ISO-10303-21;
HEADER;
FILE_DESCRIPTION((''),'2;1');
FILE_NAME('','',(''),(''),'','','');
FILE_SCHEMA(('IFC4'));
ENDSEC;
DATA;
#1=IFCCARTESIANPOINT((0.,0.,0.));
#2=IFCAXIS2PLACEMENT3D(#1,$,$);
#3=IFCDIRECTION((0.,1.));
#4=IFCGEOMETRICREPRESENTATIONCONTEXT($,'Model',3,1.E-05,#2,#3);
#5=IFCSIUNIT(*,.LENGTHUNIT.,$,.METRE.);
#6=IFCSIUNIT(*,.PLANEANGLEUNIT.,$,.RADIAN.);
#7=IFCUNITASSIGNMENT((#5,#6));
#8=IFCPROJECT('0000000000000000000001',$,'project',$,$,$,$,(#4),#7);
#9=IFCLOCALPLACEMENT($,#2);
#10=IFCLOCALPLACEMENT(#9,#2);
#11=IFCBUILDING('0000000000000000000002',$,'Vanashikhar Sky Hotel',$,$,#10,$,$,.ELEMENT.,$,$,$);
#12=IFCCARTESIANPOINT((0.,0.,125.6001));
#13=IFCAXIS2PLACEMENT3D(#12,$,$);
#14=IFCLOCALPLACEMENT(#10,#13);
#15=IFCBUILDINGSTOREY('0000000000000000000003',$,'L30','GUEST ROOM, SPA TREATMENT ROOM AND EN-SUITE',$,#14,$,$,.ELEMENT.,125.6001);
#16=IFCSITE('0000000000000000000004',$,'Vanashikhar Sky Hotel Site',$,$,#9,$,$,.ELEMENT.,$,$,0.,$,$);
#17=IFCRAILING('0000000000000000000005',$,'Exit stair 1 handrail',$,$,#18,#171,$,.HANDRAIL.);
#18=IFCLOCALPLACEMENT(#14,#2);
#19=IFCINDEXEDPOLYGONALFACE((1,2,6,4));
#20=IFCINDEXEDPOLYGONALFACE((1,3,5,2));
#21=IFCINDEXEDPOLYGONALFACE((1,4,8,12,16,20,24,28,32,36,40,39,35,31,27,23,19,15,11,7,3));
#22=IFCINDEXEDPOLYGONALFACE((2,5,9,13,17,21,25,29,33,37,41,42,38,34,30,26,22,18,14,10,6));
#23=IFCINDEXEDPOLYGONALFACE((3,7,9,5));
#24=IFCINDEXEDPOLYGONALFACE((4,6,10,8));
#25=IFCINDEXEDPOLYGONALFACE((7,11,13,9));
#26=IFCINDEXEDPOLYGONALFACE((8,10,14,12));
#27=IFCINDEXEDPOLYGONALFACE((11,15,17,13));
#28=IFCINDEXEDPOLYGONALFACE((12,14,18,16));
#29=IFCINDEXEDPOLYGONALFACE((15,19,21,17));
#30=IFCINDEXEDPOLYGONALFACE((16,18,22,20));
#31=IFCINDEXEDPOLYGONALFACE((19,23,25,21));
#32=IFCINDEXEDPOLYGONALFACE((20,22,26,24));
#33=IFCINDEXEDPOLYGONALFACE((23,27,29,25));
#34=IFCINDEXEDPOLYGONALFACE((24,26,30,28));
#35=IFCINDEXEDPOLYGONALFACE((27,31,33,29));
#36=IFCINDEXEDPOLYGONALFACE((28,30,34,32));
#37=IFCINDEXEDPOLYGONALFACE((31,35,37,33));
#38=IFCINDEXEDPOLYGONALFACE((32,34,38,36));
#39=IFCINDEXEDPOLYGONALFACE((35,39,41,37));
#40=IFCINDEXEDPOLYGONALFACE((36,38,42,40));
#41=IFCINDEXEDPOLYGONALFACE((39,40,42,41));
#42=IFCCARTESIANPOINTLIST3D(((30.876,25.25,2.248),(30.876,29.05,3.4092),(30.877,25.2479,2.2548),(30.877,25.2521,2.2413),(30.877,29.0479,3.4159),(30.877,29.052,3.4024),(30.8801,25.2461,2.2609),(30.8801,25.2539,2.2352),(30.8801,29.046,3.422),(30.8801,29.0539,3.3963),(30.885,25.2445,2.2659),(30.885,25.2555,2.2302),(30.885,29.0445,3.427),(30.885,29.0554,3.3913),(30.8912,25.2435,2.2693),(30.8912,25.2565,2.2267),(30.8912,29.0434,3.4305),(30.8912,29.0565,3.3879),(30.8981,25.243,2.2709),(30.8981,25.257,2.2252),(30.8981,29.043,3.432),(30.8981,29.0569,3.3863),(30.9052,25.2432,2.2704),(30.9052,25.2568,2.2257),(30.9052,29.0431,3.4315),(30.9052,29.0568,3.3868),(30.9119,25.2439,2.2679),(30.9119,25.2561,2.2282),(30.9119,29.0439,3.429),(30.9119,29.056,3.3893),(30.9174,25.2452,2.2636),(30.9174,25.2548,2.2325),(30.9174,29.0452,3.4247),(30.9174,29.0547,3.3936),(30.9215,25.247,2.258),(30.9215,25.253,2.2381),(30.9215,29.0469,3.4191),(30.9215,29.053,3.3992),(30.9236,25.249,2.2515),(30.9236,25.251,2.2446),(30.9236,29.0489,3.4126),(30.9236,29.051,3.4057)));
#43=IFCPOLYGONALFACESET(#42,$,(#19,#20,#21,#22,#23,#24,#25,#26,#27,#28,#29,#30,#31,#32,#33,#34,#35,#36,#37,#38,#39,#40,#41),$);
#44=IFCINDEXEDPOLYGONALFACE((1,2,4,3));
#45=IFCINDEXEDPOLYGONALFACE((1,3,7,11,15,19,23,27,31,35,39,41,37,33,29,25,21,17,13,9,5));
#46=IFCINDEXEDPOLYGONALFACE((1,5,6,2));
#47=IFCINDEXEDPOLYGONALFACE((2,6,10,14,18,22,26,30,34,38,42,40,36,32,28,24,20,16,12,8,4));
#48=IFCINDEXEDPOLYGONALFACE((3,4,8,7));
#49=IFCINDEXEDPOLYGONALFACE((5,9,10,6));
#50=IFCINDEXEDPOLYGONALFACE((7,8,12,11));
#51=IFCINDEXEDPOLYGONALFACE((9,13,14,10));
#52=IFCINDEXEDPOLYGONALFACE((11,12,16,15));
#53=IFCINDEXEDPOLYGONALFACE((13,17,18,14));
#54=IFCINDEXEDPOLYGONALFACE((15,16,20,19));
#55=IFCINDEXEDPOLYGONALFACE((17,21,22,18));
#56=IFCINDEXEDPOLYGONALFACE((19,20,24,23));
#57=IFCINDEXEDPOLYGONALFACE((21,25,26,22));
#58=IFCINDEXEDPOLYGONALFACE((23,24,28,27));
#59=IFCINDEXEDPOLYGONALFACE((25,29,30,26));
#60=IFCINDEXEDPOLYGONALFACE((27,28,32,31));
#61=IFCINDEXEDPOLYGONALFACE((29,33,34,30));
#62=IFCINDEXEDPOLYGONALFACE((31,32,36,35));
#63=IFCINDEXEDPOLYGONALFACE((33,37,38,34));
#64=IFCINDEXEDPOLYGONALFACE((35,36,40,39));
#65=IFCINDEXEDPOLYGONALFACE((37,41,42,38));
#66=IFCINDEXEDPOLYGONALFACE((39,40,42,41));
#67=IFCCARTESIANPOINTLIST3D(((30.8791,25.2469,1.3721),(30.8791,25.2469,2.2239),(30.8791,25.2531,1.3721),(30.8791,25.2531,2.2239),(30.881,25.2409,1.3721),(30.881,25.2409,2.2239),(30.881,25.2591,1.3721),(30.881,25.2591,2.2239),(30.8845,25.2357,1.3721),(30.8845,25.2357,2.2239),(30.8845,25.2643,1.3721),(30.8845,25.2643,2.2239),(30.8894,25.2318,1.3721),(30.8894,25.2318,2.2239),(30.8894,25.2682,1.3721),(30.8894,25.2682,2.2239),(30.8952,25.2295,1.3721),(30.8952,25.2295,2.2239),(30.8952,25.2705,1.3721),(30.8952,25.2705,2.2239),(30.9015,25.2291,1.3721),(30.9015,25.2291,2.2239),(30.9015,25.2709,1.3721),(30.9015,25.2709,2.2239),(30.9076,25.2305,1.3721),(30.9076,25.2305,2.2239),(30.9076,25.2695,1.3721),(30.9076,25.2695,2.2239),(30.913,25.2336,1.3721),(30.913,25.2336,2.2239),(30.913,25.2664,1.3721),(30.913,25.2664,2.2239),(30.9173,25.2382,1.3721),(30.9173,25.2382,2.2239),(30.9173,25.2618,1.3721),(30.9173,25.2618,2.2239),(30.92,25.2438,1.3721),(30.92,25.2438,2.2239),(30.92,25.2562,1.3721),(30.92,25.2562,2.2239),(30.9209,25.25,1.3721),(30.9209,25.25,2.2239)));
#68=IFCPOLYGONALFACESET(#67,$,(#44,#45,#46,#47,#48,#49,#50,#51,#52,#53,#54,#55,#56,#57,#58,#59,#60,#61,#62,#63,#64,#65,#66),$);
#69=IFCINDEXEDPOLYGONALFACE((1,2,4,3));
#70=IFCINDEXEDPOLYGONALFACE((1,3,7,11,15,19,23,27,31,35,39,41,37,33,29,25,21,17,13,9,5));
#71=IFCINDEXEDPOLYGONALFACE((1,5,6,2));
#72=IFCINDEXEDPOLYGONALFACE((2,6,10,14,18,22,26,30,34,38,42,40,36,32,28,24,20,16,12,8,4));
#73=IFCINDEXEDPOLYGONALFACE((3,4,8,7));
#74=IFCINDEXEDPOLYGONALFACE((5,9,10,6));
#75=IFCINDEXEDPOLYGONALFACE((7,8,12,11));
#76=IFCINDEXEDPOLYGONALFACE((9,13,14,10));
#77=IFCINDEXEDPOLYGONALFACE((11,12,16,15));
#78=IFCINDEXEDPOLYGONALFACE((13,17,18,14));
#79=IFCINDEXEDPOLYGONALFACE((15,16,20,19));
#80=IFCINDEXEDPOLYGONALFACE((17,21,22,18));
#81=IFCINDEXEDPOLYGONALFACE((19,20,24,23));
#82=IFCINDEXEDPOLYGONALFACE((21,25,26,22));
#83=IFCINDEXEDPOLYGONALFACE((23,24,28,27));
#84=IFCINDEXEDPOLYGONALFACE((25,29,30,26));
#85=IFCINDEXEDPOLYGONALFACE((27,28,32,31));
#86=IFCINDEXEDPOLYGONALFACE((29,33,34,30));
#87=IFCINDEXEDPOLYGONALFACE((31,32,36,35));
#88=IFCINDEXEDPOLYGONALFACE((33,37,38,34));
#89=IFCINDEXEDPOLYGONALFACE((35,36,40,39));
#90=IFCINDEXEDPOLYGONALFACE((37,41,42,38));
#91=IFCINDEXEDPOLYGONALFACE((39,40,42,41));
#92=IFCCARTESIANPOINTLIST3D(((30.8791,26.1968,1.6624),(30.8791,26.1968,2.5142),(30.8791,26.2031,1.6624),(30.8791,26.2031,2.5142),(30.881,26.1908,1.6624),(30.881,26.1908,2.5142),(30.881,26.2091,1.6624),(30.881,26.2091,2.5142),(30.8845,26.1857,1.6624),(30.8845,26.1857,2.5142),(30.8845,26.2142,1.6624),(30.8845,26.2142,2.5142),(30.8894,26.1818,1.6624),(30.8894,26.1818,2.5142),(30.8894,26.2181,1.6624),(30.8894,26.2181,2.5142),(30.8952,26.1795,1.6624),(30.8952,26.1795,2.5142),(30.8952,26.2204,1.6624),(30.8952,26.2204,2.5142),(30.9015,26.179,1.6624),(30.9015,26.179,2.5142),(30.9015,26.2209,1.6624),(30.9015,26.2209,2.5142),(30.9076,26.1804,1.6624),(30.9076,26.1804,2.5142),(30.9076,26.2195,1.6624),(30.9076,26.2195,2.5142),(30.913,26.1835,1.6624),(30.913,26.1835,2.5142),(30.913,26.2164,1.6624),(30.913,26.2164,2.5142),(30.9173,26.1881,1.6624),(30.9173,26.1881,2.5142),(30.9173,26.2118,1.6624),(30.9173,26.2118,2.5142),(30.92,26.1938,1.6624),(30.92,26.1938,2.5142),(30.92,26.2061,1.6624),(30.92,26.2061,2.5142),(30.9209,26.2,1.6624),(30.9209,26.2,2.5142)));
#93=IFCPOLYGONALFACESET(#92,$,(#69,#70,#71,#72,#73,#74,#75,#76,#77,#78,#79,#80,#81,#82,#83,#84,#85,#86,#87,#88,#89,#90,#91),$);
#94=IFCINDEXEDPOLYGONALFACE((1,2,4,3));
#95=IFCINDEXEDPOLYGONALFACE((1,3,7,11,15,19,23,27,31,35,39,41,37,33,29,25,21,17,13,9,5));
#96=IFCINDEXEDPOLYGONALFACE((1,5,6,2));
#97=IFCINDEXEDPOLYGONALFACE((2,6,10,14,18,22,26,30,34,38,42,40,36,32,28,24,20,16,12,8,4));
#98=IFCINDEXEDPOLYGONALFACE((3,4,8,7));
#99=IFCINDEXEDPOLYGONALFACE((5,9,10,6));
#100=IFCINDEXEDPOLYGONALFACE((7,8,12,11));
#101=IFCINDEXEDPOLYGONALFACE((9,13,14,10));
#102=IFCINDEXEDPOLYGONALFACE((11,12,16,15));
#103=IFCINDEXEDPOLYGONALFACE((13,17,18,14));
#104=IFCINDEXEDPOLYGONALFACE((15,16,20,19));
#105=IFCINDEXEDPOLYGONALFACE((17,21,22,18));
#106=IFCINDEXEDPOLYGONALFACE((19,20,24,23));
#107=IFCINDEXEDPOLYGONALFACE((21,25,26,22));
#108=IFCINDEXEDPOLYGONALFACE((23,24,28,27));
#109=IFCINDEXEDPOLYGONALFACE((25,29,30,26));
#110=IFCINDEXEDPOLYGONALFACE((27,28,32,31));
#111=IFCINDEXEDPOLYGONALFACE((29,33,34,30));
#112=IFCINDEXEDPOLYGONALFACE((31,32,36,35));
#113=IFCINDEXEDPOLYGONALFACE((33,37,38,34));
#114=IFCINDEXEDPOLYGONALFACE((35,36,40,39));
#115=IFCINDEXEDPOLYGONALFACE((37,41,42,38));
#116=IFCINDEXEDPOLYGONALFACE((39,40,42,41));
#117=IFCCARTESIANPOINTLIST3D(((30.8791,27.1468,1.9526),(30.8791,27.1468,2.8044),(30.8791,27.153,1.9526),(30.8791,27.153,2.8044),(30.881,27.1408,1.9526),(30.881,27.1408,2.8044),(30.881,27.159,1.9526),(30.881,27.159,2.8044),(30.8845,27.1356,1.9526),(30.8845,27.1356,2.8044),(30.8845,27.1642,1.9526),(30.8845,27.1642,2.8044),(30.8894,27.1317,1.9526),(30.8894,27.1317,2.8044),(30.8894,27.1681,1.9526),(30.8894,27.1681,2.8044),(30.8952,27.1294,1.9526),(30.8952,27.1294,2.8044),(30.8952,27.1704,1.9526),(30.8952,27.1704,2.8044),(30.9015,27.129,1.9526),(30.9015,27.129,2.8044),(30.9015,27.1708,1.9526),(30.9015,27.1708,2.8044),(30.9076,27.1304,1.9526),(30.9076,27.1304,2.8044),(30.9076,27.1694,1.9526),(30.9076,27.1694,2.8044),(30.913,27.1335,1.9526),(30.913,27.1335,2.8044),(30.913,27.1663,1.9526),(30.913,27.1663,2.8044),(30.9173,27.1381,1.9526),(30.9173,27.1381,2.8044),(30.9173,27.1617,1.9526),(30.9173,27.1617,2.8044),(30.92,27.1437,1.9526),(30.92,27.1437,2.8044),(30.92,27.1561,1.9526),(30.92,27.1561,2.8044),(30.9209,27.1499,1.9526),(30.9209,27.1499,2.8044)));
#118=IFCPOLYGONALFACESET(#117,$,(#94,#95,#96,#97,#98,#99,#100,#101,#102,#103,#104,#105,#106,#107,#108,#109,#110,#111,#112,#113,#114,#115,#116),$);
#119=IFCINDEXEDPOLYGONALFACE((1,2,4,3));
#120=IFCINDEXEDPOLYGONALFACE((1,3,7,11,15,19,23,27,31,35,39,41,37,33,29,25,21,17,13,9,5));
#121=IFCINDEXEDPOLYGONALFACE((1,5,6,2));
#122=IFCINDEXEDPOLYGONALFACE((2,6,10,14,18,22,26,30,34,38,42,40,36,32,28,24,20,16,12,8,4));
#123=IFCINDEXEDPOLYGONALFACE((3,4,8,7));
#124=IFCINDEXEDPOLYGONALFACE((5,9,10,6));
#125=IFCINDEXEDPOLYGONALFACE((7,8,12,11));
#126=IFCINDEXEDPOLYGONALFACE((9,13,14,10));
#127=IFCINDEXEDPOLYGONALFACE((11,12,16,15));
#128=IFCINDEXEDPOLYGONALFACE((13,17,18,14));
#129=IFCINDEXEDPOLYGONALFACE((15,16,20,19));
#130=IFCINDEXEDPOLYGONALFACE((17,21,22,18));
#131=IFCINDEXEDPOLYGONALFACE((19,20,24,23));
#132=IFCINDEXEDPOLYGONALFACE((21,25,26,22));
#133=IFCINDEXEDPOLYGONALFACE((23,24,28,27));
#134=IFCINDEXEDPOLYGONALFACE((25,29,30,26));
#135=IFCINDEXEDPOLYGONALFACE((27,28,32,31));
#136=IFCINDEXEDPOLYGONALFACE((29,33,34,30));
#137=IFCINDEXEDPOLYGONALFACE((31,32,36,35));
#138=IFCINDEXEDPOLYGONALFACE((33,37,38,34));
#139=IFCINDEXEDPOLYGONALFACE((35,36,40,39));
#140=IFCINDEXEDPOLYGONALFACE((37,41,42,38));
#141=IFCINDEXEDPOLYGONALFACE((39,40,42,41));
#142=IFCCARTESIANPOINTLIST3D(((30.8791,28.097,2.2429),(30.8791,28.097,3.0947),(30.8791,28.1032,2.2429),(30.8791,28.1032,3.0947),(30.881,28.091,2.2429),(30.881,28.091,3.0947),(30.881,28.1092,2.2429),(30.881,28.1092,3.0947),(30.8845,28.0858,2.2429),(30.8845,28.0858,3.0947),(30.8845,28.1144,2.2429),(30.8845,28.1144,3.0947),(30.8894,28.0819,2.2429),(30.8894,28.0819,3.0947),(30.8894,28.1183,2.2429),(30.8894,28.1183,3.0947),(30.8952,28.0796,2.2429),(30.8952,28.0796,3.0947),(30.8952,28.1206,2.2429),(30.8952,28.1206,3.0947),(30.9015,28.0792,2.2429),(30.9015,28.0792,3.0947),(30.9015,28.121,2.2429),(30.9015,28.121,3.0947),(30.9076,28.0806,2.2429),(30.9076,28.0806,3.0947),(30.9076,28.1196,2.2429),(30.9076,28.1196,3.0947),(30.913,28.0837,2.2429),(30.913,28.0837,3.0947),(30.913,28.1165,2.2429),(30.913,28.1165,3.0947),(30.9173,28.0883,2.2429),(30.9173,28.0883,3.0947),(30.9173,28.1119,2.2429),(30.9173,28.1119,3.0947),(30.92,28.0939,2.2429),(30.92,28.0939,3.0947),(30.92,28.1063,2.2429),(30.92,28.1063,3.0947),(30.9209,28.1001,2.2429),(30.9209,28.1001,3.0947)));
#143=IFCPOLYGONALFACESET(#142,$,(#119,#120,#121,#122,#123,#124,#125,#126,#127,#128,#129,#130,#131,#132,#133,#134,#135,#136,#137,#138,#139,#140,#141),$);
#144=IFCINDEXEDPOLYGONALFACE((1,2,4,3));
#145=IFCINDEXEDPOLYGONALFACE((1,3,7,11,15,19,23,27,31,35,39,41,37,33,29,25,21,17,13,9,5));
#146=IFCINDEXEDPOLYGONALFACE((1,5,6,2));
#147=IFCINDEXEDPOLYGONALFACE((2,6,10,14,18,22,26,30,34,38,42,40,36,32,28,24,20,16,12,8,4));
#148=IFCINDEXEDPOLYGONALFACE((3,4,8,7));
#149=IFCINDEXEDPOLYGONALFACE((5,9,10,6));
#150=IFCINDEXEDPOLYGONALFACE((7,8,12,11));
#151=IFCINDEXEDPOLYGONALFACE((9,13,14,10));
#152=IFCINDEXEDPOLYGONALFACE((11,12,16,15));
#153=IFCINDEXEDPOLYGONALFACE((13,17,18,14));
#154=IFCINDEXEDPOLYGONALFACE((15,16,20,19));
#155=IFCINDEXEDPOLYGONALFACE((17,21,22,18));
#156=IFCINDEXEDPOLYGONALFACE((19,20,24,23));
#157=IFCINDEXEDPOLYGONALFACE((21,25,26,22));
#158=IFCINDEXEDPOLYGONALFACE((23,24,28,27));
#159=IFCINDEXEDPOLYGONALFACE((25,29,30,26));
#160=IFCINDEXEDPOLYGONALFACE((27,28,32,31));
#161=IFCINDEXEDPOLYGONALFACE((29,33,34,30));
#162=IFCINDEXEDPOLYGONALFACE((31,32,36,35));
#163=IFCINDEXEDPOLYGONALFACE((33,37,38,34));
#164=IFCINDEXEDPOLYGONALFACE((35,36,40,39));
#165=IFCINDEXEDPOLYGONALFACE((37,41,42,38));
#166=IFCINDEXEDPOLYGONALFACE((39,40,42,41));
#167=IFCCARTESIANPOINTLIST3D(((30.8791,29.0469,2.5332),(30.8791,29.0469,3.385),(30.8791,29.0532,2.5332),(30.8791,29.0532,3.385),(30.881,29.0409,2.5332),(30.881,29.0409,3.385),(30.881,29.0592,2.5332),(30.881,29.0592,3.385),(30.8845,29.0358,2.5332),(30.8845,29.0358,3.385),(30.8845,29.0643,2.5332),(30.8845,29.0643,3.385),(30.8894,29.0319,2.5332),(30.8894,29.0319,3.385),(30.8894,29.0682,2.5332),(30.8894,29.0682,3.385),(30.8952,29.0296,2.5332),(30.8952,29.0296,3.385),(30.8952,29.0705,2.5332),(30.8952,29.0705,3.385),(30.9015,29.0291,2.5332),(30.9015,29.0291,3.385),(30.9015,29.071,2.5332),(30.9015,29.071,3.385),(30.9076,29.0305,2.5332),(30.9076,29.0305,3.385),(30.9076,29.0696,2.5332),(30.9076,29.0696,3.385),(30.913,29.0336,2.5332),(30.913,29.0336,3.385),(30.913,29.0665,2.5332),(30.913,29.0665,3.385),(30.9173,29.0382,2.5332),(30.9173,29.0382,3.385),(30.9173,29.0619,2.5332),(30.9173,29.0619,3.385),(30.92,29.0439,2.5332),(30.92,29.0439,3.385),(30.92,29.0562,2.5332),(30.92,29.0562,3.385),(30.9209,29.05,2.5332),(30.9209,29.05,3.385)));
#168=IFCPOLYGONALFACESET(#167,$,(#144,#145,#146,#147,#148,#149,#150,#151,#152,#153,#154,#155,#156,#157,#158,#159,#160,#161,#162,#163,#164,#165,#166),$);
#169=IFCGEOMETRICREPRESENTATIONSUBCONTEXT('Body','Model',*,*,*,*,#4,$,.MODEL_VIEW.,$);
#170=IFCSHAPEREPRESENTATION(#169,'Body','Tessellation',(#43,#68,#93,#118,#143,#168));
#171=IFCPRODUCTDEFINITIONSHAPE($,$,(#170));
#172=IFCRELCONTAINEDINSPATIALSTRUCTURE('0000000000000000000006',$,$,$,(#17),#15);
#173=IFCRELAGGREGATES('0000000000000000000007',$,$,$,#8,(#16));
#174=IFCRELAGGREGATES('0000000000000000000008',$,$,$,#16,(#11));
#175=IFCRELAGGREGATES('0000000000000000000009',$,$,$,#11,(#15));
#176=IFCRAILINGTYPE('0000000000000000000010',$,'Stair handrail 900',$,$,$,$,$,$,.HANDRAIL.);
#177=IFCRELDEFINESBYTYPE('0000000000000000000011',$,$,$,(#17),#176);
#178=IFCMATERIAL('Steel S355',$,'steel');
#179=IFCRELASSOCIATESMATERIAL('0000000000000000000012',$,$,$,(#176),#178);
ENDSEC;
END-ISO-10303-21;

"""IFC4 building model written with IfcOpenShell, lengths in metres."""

from ifc_helpers import new_model, si_unit, direction, frame, origin, origin_2d, place, context, subcontext, project, spatial, circle, extrude, source, transform, mapped, material, type_object, element, save


model = new_model("IFC4")

# Units and contexts
model_context = context("Model", 3, precision=1e-05, world=origin(), true_north=direction((0.0, 1.0)))
body_context = subcontext(model_context, "Body", "Model", "MODEL_VIEW")
ifc_project = project(units=[si_unit("LENGTHUNIT", "METRE"), si_unit("PLANEANGLEUNIT", "RADIAN")], contexts=[model_context])

# Site, building, storey
site_placement = place(None, origin())
site = spatial("IfcSite", under=ifc_project, at=site_placement, Name="Vanashikhar Sky Hotel Site", CompositionType="ELEMENT", RefElevation=0.0)
building_placement = place(site_placement, origin())
building = spatial("IfcBuilding", under=site, at=building_placement, Name="Vanashikhar Sky Hotel", CompositionType="ELEMENT")
storey_placement = place(building_placement, frame((0.0, 0.0, 125.6001)))
storey = spatial("IfcBuildingStorey", under=building, at=storey_placement, Name="L30", Description="GUEST ROOM, SPA TREATMENT ROOM AND EN-SUITE", CompositionType="ELEMENT", Elevation=125.6001)

# Railing
ifc_material_1 = material(Name="Steel S355", Category="steel")
railing_type = type_object("IfcRailingType", Name="Stair handrail 900", PredefinedType="HANDRAIL", material=ifc_material_1)
shared_shape_1 = source(origin(), body_context, "Body", "SweptSolid", [
    extrude(circle(Radius=0.0239, at=origin_2d()), frame((0.0, 0.0, 0.876), z_axis=(0.0, 0.956351, 0.29222), x_axis=(-1.0, 0.0, 0.0)), (0.0, 0.0, 1.0), 3.9734),
    extrude(circle(Radius=0.021, at=origin_2d()), origin(), (0.0, 0.0, 1.0), 0.8518),
    extrude(circle(Radius=0.021, at=origin_2d()), frame((0.0, 0.95, 0.2903)), (0.0, 0.0, 1.0), 0.8518),
    extrude(circle(Radius=0.021, at=origin_2d()), frame((0.0, 1.8999, 0.5806)), (0.0, 0.0, 1.0), 0.8518),
    extrude(circle(Radius=0.021, at=origin_2d()), frame((0.0, 2.8501, 0.8708)), (0.0, 0.0, 1.0), 0.8518),
    extrude(circle(Radius=0.021, at=origin_2d()), frame((0.0, 3.8, 1.1611)), (0.0, 0.0, 1.0), 0.8518),
])
railing_placement = place(storey_placement, frame((30.8999, 25.25, 1.3721)))
element("IfcRailing", 1, at=railing_placement, inside=storey, type_object=railing_type, Name="Exit stair 1 handrail", PredefinedType="HANDRAIL", context=body_context, shape_type="MappedRepresentation", body=[
    mapped(shared_shape_1, transform((0.0, 0.0, 0.0), scale=1.0)),
])

save(model, "model.ifc")
